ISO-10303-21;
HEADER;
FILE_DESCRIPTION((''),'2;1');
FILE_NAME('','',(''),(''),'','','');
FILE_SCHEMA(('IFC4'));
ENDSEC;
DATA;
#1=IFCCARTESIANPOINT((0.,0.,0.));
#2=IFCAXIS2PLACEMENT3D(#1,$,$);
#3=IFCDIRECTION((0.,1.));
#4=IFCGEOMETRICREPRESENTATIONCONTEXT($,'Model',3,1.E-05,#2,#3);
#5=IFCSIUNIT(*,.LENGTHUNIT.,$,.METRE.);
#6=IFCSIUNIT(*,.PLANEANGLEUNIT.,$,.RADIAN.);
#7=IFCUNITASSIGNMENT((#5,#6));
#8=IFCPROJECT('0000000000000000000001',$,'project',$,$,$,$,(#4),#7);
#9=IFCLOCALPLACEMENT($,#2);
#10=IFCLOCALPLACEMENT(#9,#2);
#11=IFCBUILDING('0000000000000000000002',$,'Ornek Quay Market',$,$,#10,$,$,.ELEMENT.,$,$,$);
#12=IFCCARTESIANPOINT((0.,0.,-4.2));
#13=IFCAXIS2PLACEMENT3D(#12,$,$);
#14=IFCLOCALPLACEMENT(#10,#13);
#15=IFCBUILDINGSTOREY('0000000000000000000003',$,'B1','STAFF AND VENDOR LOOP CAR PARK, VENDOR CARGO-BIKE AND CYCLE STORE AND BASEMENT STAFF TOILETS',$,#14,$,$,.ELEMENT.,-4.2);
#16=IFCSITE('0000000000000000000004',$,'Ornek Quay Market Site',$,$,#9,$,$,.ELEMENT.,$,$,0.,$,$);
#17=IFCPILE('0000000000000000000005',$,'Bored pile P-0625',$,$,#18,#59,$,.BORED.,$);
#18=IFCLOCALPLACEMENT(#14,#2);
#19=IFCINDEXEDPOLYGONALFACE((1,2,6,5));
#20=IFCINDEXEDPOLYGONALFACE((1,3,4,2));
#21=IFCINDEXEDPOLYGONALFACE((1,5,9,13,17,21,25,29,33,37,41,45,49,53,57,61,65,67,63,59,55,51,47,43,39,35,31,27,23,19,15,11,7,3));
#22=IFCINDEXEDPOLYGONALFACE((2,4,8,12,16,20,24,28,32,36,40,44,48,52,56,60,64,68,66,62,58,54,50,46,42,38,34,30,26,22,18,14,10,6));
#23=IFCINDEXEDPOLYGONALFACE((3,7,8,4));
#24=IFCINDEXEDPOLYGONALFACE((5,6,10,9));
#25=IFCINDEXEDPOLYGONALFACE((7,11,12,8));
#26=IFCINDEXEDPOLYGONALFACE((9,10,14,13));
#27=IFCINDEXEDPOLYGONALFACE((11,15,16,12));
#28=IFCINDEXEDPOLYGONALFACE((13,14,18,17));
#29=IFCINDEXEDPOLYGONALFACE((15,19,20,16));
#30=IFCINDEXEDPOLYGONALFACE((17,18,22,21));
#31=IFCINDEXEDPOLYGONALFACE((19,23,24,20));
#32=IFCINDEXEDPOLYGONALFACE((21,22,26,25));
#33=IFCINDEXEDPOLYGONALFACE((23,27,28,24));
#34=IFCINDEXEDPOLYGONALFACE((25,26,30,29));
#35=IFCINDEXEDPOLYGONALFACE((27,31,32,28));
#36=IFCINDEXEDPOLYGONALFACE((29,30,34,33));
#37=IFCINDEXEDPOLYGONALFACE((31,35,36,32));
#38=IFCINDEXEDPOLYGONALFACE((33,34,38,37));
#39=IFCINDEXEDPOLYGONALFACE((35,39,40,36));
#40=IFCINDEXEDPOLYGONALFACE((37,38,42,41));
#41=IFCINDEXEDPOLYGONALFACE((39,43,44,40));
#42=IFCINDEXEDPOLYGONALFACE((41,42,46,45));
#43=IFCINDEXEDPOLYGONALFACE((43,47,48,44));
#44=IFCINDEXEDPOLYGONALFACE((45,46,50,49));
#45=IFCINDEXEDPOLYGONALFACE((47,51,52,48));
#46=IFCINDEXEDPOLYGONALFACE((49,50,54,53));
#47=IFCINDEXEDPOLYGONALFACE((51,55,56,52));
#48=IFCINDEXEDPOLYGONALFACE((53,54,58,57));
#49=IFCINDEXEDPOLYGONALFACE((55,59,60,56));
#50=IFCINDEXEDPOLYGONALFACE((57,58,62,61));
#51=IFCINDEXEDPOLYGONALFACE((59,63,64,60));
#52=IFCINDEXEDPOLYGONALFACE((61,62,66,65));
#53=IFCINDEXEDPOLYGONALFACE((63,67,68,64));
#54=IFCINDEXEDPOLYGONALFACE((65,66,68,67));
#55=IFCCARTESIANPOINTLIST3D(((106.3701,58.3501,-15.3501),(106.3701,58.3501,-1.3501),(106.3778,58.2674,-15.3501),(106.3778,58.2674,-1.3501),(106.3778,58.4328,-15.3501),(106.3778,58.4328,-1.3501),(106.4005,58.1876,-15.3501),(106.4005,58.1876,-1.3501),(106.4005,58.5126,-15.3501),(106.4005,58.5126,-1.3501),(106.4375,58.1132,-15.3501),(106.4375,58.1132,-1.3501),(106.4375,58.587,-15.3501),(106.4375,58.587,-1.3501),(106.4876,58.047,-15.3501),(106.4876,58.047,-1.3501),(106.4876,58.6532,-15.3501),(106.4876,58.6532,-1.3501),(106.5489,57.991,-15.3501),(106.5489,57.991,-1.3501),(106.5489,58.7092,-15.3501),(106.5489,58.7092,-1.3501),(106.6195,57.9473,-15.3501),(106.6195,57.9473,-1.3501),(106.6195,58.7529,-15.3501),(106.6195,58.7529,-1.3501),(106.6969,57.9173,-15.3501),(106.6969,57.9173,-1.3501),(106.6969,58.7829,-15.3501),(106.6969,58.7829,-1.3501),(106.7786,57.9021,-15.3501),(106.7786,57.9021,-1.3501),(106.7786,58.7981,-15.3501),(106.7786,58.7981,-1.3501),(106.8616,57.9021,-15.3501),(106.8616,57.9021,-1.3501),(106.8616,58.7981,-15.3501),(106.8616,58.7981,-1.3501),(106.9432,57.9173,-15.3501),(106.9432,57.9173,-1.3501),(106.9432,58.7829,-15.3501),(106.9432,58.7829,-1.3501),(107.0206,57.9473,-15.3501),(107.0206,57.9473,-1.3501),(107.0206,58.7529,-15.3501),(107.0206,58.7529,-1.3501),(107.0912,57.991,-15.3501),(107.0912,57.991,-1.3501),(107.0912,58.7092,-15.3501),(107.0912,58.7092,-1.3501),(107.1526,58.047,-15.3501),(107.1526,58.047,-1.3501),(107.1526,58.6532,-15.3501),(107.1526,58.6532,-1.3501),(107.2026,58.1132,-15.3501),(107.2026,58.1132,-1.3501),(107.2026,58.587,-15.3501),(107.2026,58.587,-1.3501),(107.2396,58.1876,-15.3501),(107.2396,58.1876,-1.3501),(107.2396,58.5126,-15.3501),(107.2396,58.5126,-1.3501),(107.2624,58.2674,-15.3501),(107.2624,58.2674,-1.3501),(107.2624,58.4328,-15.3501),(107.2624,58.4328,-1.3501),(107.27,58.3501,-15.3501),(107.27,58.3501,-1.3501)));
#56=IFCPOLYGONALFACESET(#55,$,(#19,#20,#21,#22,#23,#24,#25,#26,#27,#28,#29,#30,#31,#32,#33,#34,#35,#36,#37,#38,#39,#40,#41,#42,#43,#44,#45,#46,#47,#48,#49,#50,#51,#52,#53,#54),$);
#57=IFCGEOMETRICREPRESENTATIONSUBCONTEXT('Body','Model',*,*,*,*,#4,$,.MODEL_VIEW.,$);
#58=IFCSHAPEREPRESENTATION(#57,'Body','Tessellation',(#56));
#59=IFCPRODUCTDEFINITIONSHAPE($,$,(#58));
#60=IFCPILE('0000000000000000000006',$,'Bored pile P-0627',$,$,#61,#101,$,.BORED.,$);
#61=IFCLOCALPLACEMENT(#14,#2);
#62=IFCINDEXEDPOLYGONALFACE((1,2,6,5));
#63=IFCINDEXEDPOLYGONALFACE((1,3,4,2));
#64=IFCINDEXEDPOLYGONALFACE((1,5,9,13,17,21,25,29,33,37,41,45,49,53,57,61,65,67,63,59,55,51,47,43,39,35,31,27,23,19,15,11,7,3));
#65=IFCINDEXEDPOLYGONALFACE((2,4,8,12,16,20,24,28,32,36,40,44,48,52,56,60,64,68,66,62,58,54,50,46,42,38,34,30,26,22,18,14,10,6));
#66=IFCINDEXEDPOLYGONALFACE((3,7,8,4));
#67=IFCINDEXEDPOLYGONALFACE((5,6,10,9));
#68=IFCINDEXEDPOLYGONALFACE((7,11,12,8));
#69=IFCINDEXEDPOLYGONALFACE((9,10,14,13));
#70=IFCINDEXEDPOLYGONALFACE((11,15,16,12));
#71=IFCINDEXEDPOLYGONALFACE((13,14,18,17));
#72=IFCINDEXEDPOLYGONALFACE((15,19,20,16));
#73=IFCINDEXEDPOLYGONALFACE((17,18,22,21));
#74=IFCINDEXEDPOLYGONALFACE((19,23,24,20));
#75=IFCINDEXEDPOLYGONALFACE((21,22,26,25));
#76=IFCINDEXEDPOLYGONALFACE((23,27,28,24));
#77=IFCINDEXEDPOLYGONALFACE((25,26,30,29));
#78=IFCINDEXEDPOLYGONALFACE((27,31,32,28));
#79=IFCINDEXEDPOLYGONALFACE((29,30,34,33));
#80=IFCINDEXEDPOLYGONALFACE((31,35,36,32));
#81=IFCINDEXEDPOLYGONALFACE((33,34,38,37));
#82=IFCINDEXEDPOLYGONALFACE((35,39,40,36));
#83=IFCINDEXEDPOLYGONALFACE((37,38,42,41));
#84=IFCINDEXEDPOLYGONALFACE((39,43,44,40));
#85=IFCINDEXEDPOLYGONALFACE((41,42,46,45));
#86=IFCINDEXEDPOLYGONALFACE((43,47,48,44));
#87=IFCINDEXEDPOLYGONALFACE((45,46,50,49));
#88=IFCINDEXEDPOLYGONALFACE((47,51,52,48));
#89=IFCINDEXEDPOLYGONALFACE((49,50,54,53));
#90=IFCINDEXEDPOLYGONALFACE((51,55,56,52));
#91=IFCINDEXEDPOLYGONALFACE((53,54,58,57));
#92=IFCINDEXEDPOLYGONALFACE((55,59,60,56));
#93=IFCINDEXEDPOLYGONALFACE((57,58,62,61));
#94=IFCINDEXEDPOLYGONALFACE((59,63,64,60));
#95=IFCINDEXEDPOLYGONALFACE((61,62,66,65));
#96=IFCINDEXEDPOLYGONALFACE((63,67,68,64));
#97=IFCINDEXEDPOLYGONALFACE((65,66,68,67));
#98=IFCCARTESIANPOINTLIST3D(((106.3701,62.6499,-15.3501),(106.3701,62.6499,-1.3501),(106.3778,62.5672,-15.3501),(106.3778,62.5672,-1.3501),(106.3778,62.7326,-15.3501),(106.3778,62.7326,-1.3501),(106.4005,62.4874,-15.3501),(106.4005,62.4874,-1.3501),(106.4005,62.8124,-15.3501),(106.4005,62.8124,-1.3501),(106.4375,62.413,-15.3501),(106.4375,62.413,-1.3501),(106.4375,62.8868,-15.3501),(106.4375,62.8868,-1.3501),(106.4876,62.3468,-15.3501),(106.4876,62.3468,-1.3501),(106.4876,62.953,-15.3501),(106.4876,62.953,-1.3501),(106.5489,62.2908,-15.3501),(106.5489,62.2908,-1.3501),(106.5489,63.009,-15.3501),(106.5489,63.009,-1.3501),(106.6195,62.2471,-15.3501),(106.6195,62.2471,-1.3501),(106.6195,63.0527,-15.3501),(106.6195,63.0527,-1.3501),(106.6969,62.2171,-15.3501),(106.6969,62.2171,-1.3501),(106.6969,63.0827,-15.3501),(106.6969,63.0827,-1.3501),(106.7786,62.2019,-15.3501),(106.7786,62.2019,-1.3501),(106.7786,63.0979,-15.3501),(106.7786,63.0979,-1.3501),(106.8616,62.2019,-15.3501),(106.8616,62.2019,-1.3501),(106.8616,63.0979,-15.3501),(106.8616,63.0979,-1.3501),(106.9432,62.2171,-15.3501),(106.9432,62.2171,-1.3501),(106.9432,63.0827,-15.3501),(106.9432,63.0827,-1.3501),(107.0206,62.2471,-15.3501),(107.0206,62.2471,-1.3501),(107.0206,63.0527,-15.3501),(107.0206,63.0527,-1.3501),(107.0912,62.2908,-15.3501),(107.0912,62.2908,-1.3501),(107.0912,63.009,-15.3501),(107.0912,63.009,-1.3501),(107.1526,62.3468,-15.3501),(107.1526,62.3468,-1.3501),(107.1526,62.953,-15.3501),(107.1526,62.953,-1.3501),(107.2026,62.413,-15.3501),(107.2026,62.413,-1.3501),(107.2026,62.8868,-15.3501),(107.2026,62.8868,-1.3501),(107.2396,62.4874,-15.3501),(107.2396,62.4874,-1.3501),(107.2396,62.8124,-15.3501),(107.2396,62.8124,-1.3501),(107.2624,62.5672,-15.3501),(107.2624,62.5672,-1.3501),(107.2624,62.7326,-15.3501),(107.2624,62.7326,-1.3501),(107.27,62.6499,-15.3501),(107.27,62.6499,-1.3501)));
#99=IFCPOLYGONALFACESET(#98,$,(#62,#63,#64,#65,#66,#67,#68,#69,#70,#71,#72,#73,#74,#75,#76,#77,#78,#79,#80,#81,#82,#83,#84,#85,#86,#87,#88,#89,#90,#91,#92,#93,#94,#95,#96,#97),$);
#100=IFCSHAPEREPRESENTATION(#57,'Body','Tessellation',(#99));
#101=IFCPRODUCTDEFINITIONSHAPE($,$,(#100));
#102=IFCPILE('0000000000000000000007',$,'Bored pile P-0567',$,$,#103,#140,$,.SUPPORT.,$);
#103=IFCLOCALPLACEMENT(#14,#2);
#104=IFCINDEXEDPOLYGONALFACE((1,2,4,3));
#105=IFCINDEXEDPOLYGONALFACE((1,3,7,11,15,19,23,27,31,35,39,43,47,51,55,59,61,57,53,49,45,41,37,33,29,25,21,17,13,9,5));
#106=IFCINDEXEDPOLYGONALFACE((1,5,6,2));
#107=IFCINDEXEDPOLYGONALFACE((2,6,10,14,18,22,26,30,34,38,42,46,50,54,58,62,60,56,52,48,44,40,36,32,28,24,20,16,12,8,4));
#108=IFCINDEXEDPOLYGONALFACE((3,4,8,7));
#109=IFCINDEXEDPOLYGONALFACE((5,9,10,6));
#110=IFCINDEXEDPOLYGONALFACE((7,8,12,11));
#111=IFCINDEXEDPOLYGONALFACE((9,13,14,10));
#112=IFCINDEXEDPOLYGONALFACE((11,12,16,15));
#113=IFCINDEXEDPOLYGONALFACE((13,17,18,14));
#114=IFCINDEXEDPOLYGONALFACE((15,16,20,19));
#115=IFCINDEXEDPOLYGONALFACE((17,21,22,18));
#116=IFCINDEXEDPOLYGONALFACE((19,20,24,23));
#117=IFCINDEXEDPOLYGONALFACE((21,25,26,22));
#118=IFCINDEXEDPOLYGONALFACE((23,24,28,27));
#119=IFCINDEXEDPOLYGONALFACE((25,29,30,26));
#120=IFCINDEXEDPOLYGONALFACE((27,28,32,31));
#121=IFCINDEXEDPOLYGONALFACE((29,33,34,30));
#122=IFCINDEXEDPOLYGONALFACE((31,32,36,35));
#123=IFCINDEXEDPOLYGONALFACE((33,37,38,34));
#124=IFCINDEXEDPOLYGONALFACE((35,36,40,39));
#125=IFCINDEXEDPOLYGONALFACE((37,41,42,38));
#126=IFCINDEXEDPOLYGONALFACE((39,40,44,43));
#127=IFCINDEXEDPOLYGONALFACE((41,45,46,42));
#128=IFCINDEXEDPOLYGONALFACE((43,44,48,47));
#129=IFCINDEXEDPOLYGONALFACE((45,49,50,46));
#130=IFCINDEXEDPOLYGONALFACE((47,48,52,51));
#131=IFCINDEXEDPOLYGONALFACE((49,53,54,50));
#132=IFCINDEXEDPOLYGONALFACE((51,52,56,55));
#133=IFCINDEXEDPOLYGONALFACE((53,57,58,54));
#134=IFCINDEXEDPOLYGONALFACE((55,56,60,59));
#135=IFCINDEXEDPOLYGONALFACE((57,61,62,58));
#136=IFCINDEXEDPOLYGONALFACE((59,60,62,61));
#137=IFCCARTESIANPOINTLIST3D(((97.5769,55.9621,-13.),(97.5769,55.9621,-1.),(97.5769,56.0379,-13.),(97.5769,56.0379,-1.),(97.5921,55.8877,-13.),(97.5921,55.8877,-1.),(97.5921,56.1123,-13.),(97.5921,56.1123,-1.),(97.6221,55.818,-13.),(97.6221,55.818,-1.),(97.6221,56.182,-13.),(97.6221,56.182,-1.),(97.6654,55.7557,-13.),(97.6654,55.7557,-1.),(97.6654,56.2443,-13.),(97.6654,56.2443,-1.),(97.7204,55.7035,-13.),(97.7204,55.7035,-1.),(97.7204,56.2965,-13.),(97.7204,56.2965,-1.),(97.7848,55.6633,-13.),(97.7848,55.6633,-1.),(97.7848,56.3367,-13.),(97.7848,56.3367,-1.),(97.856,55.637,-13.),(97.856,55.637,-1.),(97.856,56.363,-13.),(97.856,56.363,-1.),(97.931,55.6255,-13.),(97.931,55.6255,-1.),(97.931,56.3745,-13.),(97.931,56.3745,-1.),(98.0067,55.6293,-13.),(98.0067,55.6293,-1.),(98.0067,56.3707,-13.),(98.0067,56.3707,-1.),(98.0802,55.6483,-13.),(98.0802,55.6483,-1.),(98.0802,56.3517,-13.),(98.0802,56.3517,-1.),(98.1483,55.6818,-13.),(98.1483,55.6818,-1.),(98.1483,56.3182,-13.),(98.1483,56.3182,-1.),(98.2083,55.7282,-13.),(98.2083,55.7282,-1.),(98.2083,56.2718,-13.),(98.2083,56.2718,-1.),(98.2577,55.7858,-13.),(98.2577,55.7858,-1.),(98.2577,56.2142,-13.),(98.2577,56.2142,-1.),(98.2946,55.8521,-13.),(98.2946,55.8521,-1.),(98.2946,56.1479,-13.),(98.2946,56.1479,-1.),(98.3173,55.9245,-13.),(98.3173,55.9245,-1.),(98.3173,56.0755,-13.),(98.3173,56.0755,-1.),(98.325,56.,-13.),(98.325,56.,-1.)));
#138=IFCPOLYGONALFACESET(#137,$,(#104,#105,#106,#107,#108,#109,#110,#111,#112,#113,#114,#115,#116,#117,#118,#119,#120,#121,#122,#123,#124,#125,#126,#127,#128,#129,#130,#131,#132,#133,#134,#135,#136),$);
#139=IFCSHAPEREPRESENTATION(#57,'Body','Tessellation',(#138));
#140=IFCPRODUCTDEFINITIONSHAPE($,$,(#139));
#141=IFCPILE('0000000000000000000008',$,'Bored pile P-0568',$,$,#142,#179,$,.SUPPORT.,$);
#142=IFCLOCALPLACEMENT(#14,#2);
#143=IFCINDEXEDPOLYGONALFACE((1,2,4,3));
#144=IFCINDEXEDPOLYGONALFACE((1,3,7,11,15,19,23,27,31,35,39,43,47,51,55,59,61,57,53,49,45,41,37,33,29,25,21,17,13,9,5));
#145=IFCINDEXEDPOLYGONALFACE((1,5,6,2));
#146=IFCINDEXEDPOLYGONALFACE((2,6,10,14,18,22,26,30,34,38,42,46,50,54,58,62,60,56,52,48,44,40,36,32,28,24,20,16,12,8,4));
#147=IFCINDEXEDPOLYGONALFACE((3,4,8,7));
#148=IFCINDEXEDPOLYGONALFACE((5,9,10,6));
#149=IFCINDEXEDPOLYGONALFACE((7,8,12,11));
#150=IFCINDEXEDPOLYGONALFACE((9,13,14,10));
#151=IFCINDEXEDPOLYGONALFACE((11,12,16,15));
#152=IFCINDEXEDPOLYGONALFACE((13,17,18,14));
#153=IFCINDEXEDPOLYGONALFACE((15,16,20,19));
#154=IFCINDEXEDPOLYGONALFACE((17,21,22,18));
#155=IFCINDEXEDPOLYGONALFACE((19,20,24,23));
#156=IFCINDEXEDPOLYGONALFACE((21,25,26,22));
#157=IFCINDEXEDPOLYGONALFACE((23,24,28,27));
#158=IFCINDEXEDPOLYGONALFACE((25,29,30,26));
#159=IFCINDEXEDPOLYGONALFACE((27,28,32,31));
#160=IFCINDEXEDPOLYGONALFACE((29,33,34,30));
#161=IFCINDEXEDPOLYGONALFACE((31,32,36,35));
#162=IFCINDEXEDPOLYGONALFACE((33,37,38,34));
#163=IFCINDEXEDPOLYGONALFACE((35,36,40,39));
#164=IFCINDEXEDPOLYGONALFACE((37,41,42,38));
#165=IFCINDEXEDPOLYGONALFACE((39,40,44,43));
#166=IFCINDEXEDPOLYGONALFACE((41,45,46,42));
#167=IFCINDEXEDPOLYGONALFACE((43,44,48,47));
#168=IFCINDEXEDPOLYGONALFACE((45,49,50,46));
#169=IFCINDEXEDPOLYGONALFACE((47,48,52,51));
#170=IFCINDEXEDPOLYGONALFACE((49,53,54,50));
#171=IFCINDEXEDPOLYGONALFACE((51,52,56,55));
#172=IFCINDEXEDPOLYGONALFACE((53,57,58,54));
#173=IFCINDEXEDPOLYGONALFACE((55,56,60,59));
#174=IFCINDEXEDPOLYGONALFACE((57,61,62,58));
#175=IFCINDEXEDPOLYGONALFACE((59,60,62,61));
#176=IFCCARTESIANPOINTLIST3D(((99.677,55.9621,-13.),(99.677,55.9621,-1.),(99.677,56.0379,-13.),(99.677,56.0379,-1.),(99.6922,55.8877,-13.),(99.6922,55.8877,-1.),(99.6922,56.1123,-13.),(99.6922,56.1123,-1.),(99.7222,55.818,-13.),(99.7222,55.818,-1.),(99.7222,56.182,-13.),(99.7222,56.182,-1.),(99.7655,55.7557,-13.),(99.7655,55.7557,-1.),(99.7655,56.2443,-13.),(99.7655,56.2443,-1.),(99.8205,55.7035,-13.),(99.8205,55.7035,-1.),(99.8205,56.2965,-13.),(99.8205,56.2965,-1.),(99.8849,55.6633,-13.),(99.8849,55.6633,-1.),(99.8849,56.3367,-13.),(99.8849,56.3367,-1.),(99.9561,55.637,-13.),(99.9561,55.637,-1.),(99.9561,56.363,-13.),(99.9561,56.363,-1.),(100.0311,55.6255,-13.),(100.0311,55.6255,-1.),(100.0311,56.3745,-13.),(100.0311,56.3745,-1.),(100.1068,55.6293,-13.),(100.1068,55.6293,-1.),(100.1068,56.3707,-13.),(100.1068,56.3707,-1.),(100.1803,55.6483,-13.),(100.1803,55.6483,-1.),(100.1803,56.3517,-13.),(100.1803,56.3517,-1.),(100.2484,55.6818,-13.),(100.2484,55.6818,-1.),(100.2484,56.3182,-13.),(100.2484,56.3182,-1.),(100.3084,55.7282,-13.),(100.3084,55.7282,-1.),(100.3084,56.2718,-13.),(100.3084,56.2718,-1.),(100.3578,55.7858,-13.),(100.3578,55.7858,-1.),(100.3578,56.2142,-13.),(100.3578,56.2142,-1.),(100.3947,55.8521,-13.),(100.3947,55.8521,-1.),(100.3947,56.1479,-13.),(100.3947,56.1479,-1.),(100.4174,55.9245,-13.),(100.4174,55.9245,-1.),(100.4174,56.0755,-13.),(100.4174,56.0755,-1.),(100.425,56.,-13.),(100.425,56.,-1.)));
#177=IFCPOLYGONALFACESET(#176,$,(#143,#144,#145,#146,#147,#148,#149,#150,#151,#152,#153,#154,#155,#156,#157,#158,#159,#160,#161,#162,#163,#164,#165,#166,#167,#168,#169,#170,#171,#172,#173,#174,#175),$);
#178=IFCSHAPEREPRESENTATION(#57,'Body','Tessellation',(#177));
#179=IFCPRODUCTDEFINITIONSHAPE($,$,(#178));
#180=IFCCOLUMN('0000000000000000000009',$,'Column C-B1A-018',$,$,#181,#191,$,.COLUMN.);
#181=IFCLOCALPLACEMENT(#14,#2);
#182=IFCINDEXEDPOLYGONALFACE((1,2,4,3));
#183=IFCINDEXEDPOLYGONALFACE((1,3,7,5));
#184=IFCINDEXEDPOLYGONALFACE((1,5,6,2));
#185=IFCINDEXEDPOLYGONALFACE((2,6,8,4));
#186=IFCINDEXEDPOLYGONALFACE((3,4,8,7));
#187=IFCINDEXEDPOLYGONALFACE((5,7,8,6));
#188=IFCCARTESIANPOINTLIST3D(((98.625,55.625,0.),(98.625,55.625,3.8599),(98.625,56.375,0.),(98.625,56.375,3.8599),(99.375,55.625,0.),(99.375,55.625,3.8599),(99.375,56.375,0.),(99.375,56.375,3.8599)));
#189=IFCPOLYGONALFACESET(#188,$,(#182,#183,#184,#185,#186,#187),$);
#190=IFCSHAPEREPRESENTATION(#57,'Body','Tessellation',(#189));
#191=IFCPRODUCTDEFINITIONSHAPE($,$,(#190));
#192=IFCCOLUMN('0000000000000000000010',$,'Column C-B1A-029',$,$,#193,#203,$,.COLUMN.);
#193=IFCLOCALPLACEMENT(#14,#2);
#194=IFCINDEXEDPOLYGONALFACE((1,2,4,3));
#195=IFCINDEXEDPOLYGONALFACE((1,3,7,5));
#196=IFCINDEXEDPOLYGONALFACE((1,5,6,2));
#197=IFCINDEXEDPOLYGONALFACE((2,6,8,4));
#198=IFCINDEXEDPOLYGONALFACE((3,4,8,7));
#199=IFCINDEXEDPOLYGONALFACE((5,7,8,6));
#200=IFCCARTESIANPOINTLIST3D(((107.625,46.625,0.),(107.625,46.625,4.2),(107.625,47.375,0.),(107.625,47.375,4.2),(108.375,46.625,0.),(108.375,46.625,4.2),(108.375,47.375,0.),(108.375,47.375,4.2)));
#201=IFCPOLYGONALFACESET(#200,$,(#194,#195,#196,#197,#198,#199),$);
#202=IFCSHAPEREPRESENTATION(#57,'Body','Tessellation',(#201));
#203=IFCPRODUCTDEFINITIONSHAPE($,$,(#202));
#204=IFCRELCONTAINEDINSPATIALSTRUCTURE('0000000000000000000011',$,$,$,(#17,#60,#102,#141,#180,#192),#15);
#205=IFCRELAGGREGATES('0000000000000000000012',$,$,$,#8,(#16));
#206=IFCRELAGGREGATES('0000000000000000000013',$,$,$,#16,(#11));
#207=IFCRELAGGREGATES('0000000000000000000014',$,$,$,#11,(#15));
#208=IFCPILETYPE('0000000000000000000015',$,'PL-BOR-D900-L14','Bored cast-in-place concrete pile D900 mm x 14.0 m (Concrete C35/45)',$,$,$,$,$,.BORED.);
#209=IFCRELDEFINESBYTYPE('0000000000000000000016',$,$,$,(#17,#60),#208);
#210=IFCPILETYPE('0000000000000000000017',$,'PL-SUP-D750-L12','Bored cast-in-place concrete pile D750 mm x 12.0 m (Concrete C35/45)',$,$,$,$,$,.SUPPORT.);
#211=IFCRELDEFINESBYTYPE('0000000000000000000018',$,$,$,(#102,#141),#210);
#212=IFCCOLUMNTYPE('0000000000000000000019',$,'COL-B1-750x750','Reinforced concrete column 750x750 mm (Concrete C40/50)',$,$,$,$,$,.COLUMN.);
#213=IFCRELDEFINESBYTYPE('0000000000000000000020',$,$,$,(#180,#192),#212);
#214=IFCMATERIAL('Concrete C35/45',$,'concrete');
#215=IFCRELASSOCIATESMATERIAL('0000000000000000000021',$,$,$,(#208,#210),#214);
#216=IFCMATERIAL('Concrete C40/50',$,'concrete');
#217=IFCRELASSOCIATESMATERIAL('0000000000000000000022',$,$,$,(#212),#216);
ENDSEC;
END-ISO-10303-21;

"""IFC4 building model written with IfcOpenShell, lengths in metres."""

from ifc_helpers import new_model, si_unit, direction, frame, origin, origin_2d, place, context, subcontext, project, spatial, rectangle, circle, extrude, material, material_profile, profile_set, type_object, element, save


model = new_model("IFC4")

# Units and contexts
model_context = context("Model", 3, precision=1e-05, world=origin(), true_north=direction((0.0, 1.0)))
body_context = subcontext(model_context, "Body", "Model", "MODEL_VIEW")
ifc_project = project(units=[si_unit("LENGTHUNIT", "METRE"), si_unit("PLANEANGLEUNIT", "RADIAN")], contexts=[model_context])

# Site, building, storey
site_placement = place(None, origin())
site = spatial("IfcSite", under=ifc_project, at=site_placement, Name="Ornek Quay Market Site", CompositionType="ELEMENT", RefElevation=0.0)
building_placement = place(site_placement, origin())
building = spatial("IfcBuilding", under=site, at=building_placement, Name="Ornek Quay Market", CompositionType="ELEMENT")
storey_placement = place(building_placement, frame((0.0, 0.0, -4.2)))
storey = spatial("IfcBuildingStorey", under=building, at=storey_placement, Name="B1", Description="STAFF AND VENDOR LOOP CAR PARK, VENDOR CARGO-BIKE AND CYCLE STORE AND BASEMENT STAFF TOILETS", CompositionType="ELEMENT", Elevation=-4.2)

# Piles
ifc_material_1 = material(Name="Concrete C35/45", Category="concrete")
ifc_material_profile_1 = material_profile(ifc_material_1, circle(Radius=0.45, at=origin_2d()), Name="PILE D900", Category="concrete")
ifc_profile_set_1 = profile_set([ifc_material_profile_1], Name="Concrete C35/45")
pile_type_1 = type_object("IfcPileType", Name="PL-BOR-D900-L14", Description="Bored cast-in-place concrete pile D900 mm x 14.0 m (Concrete C35/45)", PredefinedType="BORED", material=ifc_profile_set_1)
for number, where, z_axis, x_axis, name in (
    (1, (106.8201, 58.3501, -1.3501), (0.0, 0.0, -1.0), (1.0, 0.0, 0.0), "Bored pile P-0625"),
    (2, (106.8201, 62.6499, -1.3501), (0.0, 0.0, -1.0), (1.0, 0.0, 0.0), "Bored pile P-0627"),
):
    element("IfcPile", number, at=place(storey_placement, frame(where, z_axis=z_axis, x_axis=x_axis)), inside=storey, type_object=pile_type_1, Name=name, PredefinedType="BORED", context=body_context, shape_type="SweptSolid", body=[
        extrude(circle(Radius=0.45, at=origin_2d()), origin(), (0.0, 0.0, 1.0), 14.0),
    ])
ifc_material_profile_2 = material_profile(ifc_material_1, circle(Radius=0.375, at=origin_2d()), Name="PILE D750", Category="concrete")
ifc_profile_set_2 = profile_set([ifc_material_profile_2], Name="Concrete C35/45")
pile_type_2 = type_object("IfcPileType", Name="PL-SUP-D750-L12", Description="Bored cast-in-place concrete pile D750 mm x 12.0 m (Concrete C35/45)", PredefinedType="SUPPORT", material=ifc_profile_set_2)
for number, where, z_axis, x_axis, name in (
    (3, (97.95, 56.0, -1.0), (0.0, 0.0, -1.0), (1.0, 0.0, 0.0), "Bored pile P-0567"),
    (4, (100.05, 56.0, -1.0), (0.0, 0.0, -1.0), (1.0, 0.0, 0.0), "Bored pile P-0568"),
):
    element("IfcPile", number, at=place(storey_placement, frame(where, z_axis=z_axis, x_axis=x_axis)), inside=storey, type_object=pile_type_2, Name=name, PredefinedType="SUPPORT", context=body_context, shape_type="SweptSolid", body=[
        extrude(circle(Radius=0.375, at=origin_2d()), origin(), (0.0, 0.0, 1.0), 12.0),
    ])

# Columns
ifc_material_2 = material(Name="Concrete C40/50", Category="concrete")
ifc_material_profile_3 = material_profile(ifc_material_2, rectangle(XDim=0.75, YDim=0.75, at=origin_2d()), Name="RC 750x750", Category="concrete")
ifc_profile_set_3 = profile_set([ifc_material_profile_3], Name="Concrete C40/50")
column_type = type_object("IfcColumnType", Name="COL-B1-750x750", Description="Reinforced concrete column 750x750 mm (Concrete C40/50)", PredefinedType="COLUMN", material=ifc_profile_set_3)
column_1_placement = place(storey_placement, frame((99.0, 56.0, 0.0), z_axis=(0.0, 0.0, 1.0), x_axis=(1.0, 0.0, 0.0)))
element("IfcColumn", 5, at=column_1_placement, inside=storey, type_object=column_type, Name="Column C-B1A-018", PredefinedType="COLUMN", context=body_context, shape_type="SweptSolid", body=[
    extrude(rectangle(XDim=0.75, YDim=0.75, at=origin_2d()), origin(), (0.0, 0.0, 1.0), 3.8599),
])
column_2_placement = place(storey_placement, frame((108.0, 47.0, 0.0), z_axis=(0.0, 0.0, 1.0), x_axis=(1.0, 0.0, 0.0)))
element("IfcColumn", 6, at=column_2_placement, inside=storey, type_object=column_type, Name="Column C-B1A-029", PredefinedType="COLUMN", context=body_context, shape_type="SweptSolid", body=[
    extrude(rectangle(XDim=0.75, YDim=0.75, at=origin_2d()), origin(), (0.0, 0.0, 1.0), 4.2),
])

save(model, "model.ifc")
